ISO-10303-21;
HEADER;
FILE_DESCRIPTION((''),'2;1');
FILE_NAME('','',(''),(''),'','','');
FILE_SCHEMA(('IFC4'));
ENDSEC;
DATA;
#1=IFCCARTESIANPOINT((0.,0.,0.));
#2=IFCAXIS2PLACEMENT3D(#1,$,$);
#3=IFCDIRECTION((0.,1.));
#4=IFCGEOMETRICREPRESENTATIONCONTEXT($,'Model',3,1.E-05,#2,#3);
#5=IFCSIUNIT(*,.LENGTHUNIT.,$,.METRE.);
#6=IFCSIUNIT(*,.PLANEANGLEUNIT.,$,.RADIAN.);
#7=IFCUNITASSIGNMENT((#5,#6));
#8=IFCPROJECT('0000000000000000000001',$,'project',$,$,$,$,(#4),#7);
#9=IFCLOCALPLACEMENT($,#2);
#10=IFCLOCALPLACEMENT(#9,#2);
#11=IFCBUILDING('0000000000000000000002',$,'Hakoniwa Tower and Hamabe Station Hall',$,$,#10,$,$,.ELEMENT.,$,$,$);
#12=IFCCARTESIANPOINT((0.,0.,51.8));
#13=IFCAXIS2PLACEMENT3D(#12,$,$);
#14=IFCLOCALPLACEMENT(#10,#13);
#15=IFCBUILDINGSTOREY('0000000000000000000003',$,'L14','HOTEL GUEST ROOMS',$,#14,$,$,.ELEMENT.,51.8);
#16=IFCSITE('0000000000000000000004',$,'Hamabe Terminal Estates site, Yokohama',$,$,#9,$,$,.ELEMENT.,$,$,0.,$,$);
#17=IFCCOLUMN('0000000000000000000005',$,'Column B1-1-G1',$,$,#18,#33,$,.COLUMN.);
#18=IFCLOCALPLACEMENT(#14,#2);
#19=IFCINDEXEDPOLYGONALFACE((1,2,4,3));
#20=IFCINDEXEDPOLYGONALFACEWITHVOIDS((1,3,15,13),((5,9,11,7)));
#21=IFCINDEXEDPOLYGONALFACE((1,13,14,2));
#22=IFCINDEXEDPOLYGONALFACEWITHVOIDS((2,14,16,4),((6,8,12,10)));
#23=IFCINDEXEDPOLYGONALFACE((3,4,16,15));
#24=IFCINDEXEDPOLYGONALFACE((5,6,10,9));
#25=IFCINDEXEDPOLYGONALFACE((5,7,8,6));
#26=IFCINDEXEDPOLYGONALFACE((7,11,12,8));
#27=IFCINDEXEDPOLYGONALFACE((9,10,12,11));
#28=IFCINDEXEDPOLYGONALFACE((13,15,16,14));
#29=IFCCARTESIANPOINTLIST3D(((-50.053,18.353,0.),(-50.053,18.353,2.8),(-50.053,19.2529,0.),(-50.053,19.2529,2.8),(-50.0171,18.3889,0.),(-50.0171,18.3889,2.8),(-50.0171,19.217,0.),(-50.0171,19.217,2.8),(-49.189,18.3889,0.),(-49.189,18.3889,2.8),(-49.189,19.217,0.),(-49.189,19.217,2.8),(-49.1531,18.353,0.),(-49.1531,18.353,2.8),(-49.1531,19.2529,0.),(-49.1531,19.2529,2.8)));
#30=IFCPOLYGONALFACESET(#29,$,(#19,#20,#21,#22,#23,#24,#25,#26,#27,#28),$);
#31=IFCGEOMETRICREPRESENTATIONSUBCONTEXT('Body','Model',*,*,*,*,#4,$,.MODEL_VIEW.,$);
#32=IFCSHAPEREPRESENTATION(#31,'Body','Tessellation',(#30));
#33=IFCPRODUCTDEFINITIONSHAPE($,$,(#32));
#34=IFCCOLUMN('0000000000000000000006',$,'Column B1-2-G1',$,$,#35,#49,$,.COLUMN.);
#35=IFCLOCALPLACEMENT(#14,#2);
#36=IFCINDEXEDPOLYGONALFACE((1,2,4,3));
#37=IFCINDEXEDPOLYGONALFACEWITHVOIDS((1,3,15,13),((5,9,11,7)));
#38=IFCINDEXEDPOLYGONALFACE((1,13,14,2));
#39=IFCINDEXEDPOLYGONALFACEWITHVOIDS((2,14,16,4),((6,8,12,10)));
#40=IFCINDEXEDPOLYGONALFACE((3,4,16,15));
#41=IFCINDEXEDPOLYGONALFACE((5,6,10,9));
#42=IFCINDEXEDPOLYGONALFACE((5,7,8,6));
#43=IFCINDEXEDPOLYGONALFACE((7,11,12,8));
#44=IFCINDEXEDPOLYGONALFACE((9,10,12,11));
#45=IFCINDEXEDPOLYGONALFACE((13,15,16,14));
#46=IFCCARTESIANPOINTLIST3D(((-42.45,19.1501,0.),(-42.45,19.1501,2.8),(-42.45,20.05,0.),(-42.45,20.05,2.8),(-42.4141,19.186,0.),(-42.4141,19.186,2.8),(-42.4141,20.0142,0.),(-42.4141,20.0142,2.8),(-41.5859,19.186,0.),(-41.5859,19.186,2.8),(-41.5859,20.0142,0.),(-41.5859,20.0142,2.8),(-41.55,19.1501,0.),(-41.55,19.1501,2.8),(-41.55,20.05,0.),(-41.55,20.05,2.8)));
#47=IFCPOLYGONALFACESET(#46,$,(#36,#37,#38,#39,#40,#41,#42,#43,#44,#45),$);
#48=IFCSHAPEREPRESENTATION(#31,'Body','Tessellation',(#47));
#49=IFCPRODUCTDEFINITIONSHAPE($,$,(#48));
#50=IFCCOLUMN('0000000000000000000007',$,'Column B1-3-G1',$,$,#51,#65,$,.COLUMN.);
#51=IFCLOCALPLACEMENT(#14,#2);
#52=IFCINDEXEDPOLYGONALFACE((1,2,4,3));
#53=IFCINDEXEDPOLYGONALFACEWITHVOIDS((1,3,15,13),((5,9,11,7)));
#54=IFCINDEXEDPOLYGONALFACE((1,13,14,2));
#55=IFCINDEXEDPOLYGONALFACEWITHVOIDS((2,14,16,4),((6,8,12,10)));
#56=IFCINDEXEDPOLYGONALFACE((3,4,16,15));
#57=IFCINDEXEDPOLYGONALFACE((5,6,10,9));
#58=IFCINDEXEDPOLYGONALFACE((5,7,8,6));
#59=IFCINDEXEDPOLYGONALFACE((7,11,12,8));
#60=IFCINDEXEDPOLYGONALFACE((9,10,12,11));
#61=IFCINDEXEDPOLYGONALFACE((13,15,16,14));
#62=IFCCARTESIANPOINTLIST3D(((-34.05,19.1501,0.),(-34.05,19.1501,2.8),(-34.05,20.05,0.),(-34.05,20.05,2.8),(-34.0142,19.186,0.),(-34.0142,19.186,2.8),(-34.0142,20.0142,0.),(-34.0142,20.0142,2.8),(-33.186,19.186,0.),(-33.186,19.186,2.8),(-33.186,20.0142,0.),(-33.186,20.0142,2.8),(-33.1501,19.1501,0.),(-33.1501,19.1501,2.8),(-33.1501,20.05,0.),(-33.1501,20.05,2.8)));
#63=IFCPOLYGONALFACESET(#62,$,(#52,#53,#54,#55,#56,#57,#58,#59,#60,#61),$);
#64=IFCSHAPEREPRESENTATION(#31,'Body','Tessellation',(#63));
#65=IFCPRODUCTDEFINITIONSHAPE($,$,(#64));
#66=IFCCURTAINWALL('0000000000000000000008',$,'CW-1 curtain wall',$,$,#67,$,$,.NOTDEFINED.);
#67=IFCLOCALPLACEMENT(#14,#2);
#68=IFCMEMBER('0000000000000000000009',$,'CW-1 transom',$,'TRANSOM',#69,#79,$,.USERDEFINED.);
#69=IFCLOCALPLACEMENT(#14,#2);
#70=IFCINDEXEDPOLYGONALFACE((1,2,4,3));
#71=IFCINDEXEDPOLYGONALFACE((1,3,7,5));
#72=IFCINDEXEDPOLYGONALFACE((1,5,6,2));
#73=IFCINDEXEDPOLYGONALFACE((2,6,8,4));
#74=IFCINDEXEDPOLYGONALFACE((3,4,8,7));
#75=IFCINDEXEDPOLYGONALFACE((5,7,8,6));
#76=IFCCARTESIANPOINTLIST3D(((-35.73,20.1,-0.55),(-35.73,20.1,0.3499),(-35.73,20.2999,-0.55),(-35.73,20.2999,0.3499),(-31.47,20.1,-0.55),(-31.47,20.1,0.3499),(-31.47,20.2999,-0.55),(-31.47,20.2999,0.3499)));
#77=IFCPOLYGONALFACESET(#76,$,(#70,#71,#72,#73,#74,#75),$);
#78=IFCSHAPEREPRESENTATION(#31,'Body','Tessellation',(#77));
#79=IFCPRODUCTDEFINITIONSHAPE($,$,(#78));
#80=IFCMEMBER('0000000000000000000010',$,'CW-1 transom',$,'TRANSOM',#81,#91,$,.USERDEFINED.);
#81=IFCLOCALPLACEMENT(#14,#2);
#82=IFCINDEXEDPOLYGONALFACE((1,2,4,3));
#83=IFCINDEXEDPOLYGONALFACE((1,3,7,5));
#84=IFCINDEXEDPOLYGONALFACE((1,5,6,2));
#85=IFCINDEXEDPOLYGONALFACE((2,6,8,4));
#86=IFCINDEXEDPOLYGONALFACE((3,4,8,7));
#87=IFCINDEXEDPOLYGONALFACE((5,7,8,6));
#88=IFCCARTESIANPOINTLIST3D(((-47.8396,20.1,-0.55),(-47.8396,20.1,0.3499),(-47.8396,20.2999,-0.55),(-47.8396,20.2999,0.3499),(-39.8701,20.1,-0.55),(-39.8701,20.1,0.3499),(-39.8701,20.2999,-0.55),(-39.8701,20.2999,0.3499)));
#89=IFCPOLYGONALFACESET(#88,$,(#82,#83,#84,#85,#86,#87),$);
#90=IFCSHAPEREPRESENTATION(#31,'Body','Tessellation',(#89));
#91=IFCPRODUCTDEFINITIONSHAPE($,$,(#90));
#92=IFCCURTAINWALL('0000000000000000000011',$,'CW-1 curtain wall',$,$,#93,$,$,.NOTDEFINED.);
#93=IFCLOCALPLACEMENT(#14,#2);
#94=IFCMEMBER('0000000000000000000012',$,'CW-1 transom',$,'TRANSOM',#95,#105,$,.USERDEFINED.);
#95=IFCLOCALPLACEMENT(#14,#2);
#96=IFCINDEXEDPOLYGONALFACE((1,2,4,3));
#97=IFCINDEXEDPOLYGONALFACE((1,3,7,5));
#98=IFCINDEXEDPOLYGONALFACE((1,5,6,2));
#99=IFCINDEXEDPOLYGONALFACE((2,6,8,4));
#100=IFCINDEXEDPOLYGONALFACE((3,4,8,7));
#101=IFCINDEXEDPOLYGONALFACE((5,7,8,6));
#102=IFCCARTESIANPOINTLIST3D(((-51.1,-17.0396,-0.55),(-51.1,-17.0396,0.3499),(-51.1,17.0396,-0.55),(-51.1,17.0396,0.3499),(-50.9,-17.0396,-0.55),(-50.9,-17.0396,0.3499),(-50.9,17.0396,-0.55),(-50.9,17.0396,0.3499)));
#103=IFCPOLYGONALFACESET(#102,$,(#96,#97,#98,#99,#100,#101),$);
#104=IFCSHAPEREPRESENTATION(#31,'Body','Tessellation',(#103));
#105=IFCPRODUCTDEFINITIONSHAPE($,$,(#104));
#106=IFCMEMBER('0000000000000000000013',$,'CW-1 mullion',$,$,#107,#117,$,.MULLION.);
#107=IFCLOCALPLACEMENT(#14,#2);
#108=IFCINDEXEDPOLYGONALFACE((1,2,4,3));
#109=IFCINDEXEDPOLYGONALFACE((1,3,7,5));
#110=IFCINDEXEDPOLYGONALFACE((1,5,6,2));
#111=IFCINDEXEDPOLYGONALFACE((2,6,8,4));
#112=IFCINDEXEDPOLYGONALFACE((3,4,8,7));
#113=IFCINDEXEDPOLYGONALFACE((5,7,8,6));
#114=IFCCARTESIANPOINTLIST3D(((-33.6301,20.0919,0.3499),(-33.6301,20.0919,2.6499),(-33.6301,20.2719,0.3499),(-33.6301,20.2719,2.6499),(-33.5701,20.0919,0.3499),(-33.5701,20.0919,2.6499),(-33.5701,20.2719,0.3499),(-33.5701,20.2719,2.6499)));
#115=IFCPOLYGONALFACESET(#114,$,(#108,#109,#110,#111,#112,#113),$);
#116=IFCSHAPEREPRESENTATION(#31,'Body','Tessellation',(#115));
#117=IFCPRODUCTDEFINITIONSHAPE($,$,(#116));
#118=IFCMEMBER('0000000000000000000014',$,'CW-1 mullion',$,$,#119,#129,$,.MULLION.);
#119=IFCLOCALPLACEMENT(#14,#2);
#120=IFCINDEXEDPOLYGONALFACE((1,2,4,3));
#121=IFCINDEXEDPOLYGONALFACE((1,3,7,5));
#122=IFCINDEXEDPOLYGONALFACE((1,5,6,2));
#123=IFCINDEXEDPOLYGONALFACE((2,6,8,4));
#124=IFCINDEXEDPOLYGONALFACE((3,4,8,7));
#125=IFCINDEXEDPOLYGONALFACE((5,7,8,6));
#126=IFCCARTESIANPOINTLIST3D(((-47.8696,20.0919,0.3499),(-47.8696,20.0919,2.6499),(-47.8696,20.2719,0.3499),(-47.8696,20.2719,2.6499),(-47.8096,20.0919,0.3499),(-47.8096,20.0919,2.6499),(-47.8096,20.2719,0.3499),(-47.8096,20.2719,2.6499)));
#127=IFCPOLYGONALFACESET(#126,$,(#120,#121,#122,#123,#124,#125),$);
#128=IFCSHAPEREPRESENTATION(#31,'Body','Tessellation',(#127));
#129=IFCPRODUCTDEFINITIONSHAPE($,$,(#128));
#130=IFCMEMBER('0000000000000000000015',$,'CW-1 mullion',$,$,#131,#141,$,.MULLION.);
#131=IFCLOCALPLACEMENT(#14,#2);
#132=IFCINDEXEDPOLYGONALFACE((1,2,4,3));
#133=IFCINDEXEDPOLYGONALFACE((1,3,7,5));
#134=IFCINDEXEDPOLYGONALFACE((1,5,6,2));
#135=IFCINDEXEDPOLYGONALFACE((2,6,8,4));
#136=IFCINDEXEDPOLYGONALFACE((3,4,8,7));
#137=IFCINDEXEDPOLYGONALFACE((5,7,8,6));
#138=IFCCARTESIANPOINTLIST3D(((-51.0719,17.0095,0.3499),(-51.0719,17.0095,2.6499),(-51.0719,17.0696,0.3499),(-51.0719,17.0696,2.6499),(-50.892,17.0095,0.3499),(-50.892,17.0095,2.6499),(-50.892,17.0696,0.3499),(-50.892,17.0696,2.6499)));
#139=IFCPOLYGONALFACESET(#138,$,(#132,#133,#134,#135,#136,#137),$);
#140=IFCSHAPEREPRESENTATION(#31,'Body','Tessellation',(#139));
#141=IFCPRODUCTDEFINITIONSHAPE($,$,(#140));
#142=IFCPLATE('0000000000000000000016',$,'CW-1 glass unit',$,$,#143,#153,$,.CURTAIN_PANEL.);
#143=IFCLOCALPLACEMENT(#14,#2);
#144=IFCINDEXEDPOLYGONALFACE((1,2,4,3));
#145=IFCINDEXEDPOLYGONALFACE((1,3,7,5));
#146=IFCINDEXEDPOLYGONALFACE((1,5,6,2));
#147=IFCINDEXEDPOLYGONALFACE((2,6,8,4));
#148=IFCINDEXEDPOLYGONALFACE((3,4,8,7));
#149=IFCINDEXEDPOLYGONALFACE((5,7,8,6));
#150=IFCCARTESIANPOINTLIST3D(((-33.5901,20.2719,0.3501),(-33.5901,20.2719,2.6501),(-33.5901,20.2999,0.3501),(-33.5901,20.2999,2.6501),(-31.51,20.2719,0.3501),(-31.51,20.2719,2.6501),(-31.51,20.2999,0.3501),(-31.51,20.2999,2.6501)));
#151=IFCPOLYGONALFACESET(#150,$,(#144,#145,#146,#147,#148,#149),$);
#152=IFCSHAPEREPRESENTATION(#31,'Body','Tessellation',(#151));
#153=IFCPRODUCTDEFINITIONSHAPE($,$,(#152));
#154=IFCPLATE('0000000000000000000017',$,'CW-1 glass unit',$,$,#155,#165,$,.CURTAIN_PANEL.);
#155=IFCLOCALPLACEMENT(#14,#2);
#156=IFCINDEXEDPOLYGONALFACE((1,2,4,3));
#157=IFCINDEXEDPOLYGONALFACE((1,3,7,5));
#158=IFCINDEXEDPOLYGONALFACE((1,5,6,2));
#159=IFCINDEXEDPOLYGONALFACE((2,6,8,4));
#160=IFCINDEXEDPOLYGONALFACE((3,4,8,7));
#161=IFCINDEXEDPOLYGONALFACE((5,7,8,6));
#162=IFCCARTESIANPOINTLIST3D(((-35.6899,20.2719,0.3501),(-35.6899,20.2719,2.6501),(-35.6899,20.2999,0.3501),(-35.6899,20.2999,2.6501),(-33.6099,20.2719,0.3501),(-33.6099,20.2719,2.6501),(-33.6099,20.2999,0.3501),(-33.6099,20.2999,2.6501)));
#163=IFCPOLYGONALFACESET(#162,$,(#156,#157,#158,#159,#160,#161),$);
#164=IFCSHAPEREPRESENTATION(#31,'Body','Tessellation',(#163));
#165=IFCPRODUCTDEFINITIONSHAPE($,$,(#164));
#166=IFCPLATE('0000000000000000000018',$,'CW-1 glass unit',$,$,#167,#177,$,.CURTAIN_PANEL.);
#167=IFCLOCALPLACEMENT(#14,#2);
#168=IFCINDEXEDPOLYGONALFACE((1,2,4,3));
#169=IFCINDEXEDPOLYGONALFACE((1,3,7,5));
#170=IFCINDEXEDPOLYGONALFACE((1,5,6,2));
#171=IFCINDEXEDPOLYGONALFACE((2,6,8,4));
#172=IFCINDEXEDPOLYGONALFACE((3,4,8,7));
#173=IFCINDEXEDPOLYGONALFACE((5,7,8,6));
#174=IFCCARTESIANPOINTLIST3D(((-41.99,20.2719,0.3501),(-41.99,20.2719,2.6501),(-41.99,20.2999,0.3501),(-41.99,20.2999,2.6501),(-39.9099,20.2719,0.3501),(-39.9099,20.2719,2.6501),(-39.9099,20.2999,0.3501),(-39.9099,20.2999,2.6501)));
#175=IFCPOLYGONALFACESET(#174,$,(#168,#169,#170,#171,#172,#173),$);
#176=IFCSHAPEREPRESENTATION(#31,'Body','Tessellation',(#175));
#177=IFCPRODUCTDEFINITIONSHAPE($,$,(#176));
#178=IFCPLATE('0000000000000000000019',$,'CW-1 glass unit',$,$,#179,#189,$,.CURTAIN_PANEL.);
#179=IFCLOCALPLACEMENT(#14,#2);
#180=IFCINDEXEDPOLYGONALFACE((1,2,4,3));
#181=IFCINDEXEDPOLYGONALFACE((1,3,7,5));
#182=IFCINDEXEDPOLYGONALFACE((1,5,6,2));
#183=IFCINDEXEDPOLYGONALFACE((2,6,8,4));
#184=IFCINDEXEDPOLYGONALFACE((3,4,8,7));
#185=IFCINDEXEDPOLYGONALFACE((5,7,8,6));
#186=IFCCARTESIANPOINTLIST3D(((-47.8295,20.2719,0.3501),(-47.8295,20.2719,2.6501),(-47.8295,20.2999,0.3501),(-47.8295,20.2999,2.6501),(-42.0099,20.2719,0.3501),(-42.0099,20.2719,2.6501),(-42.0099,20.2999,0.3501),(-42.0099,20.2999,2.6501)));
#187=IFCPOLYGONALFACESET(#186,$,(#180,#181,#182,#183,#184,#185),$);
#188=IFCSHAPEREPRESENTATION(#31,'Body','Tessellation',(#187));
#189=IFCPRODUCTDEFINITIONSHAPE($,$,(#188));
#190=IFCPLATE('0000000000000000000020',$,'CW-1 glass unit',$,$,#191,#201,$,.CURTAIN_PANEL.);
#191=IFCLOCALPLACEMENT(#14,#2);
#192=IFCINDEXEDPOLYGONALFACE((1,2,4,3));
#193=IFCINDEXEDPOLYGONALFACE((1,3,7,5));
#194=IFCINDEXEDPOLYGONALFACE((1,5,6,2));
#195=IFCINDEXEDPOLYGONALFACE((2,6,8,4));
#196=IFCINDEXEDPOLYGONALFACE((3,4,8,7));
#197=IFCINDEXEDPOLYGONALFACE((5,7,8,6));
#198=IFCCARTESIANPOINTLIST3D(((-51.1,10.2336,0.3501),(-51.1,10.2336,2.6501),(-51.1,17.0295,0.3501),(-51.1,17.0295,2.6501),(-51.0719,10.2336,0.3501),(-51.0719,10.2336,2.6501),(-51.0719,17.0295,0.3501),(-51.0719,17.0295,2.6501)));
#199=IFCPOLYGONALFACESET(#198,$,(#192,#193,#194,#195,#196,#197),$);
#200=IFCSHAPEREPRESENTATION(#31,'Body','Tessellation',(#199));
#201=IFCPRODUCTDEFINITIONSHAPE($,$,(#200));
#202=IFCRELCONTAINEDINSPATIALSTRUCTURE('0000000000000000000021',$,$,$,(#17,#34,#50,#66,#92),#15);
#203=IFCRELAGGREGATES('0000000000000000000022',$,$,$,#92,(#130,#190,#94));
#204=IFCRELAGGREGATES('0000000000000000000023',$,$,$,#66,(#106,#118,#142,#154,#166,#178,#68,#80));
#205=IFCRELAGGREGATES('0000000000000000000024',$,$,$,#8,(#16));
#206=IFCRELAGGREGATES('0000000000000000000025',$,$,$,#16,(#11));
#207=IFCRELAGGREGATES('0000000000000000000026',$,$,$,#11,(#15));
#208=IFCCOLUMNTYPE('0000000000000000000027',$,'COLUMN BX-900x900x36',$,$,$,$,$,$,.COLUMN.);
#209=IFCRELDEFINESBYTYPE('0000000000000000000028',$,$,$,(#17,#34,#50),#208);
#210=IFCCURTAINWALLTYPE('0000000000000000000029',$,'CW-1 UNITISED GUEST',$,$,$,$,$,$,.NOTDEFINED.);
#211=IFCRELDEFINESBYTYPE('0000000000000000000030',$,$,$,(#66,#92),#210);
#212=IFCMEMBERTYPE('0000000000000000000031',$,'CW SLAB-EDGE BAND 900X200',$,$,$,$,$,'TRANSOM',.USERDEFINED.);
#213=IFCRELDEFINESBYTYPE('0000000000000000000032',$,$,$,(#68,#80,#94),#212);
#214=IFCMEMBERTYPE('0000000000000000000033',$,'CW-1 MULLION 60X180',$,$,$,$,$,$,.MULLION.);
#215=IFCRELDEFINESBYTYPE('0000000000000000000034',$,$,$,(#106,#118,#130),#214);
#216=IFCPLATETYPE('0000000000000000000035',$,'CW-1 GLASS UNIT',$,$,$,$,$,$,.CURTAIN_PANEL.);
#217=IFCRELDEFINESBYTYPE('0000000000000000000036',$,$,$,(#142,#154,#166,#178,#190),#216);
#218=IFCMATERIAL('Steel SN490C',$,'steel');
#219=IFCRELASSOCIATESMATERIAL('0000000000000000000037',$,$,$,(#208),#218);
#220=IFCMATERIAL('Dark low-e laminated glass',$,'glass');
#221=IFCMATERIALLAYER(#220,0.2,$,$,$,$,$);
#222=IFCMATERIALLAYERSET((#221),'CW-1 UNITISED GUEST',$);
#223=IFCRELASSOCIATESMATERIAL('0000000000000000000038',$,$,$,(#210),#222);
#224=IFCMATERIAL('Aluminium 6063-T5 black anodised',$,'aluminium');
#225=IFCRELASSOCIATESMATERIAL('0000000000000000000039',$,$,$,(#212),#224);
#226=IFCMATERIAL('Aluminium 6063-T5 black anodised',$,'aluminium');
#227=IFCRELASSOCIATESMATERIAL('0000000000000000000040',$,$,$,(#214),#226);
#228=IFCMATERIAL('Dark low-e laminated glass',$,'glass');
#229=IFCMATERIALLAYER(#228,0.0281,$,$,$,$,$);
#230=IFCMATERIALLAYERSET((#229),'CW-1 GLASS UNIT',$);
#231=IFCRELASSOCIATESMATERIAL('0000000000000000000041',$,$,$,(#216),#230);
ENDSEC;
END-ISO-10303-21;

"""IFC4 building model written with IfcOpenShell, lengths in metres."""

from ifc_helpers import new_model, si_unit, direction, frame, origin, origin_2d, place, context, subcontext, project, spatial, rectangle, hollow_rectangle, extrude, material, layer, layer_set, material_profile, profile_set, type_object, element, aggregate, save


model = new_model("IFC4")

# Units and contexts
model_context = context("Model", 3, precision=1e-05, world=origin(), true_north=direction((0.0, 1.0)))
body_context = subcontext(model_context, "Body", "Model", "MODEL_VIEW")
ifc_project = project(units=[si_unit("LENGTHUNIT", "METRE"), si_unit("PLANEANGLEUNIT", "RADIAN")], contexts=[model_context])

# Site, building, storey
site_placement = place(None, origin())
site = spatial("IfcSite", under=ifc_project, at=site_placement, Name="Hamabe Terminal Estates site, Yokohama", CompositionType="ELEMENT", RefElevation=0.0)
building_placement = place(site_placement, origin())
building = spatial("IfcBuilding", under=site, at=building_placement, Name="Hakoniwa Tower and Hamabe Station Hall", CompositionType="ELEMENT")
storey_placement = place(building_placement, frame((0.0, 0.0, 51.8)))
storey = spatial("IfcBuildingStorey", under=building, at=storey_placement, Name="L14", Description="HOTEL GUEST ROOMS", CompositionType="ELEMENT", Elevation=51.8)

# Columns
ifc_material_1 = material(Name="Steel SN490C", Category="steel")
ifc_material_profile_1 = material_profile(ifc_material_1, hollow_rectangle(XDim=0.8999, YDim=0.8999, WallThickness=0.0359, at=origin_2d()), Name="BX-900x900x36")
ifc_profile_set_1 = profile_set([ifc_material_profile_1], Name="Steel SN490C")
column_type = type_object("IfcColumnType", Name="COLUMN BX-900x900x36", PredefinedType="COLUMN", material=ifc_profile_set_1)
for number, where, z_axis, x_axis, name in (
    (1, (-49.603, 18.803, 0.0), (0.0, 0.0, 1.0), (1.0, 0.0, 0.0), "Column B1-1-G1"),
    (2, (-42.0, 19.6001, 0.0), (0.0, 0.0, 1.0), (1.0, 0.0, 0.0), "Column B1-2-G1"),
    (3, (-33.6001, 19.6001, 0.0), (0.0, 0.0, 1.0), (1.0, 0.0, 0.0), "Column B1-3-G1"),
):
    element("IfcColumn", number, at=place(storey_placement, frame(where, z_axis=z_axis, x_axis=x_axis)), inside=storey, type_object=column_type, Name=name, PredefinedType="COLUMN", context=body_context, shape_type="SweptSolid", body=[
        extrude(hollow_rectangle(XDim=0.8999, YDim=0.8999, WallThickness=0.0359, at=origin_2d()), origin(), (0.0, 0.0, 1.0), 2.8),
    ])

# Curtain wall, members
ifc_material_2 = material(Name="Dark low-e laminated glass", Category="glass")
ifc_layer_1 = layer(ifc_material_2, 0.2)
ifc_layer_set_1 = layer_set([ifc_layer_1], Name="CW-1 UNITISED GUEST")
curtain_wall_type = type_object("IfcCurtainWallType", Name="CW-1 UNITISED GUEST", PredefinedType="NOTDEFINED", material=ifc_layer_set_1)
curtain_wall_1_placement = place(storey_placement, origin())
curtain_wall_1 = element("IfcCurtainWall", 4, at=curtain_wall_1_placement, inside=storey, type_object=curtain_wall_type, Name="CW-1 curtain wall", PredefinedType="NOTDEFINED")
ifc_material_3 = material(Name="Aluminium 6063-T5 black anodised", Category="aluminium")
ifc_material_profile_2 = material_profile(ifc_material_3, rectangle(XDim=0.2, YDim=0.8999, at=origin_2d()), Name="CW SLAB-EDGE BAND 900X200")
ifc_profile_set_2 = profile_set([ifc_material_profile_2], Name="Aluminium 6063-T5 black anodised")
member_type_1 = type_object("IfcMemberType", Name="CW SLAB-EDGE BAND 900X200", ElementType="TRANSOM", PredefinedType="USERDEFINED", material=ifc_profile_set_2)
member_1_placement = place(storey_placement, frame((-31.47, 20.2, -0.1001), z_axis=(-1.0, 0.0, 0.0), x_axis=(0.0, -1.0, 0.0)))
member_1 = element("IfcMember", 5, at=member_1_placement, type_object=member_type_1, Name="CW-1 transom", ObjectType="TRANSOM", PredefinedType="USERDEFINED", context=body_context, shape_type="SweptSolid", body=[
    extrude(rectangle(XDim=0.2, YDim=0.8999, at=origin_2d()), origin(), (0.0, 0.0, 1.0), 4.26),
])
member_2_placement = place(storey_placement, frame((-39.8701, 20.2, -0.1001), z_axis=(-1.0, 0.0, 0.0), x_axis=(0.0, -1.0, 0.0)))
member_2 = element("IfcMember", 6, at=member_2_placement, type_object=member_type_1, Name="CW-1 transom", ObjectType="TRANSOM", PredefinedType="USERDEFINED", context=body_context, shape_type="SweptSolid", body=[
    extrude(rectangle(XDim=0.2, YDim=0.8999, at=origin_2d()), origin(), (0.0, 0.0, 1.0), 7.9695),
])

# Curtain wall, member
curtain_wall_2_placement = place(storey_placement, origin())
curtain_wall_2 = element("IfcCurtainWall", 7, at=curtain_wall_2_placement, inside=storey, type_object=curtain_wall_type, Name="CW-1 curtain wall", PredefinedType="NOTDEFINED")
member_3_placement = place(storey_placement, frame((-51.0, 17.0396, -0.1001), z_axis=(0.0, -1.0, 0.0), x_axis=(1.0, 0.0, 0.0)))
member_3 = element("IfcMember", 8, at=member_3_placement, type_object=member_type_1, Name="CW-1 transom", ObjectType="TRANSOM", PredefinedType="USERDEFINED", context=body_context, shape_type="SweptSolid", body=[
    extrude(rectangle(XDim=0.2, YDim=0.8999, at=origin_2d()), origin(), (0.0, 0.0, 1.0), 34.0791),
])

# Members
ifc_material_4 = material(Name="Aluminium 6063-T5 black anodised", Category="aluminium")
ifc_material_profile_3 = material_profile(ifc_material_4, rectangle(XDim=0.0601, YDim=0.1799, at=origin_2d()), Name="CW-1 MULLION 60X180")
ifc_profile_set_3 = profile_set([ifc_material_profile_3], Name="Aluminium 6063-T5 black anodised")
member_type_2 = type_object("IfcMemberType", Name="CW-1 MULLION 60X180", PredefinedType="MULLION", material=ifc_profile_set_3)
member_4_placement = place(storey_placement, frame((-33.6001, 20.1819, 0.3499), z_axis=(0.0, 0.0, 1.0), x_axis=(-1.0, 0.0, 0.0)))
member_4 = element("IfcMember", 9, at=member_4_placement, type_object=member_type_2, Name="CW-1 mullion", PredefinedType="MULLION", context=body_context, shape_type="SweptSolid", body=[
    extrude(rectangle(XDim=0.0601, YDim=0.1799, at=origin_2d()), origin(), (0.0, 0.0, 1.0), 2.3),
])
member_5_placement = place(storey_placement, frame((-47.8396, 20.1819, 0.3499), z_axis=(0.0, 0.0, 1.0), x_axis=(-1.0, 0.0, 0.0)))
member_5 = element("IfcMember", 10, at=member_5_placement, type_object=member_type_2, Name="CW-1 mullion", PredefinedType="MULLION", context=body_context, shape_type="SweptSolid", body=[
    extrude(rectangle(XDim=0.0601, YDim=0.1799, at=origin_2d()), origin(), (0.0, 0.0, 1.0), 2.3),
])
member_6_placement = place(storey_placement, frame((-50.9819, 17.0396, 0.3499), z_axis=(0.0, 0.0, 1.0), x_axis=(0.0, -1.0, 0.0)))
member_6 = element("IfcMember", 11, at=member_6_placement, type_object=member_type_2, Name="CW-1 mullion", PredefinedType="MULLION", context=body_context, shape_type="SweptSolid", body=[
    extrude(rectangle(XDim=0.0601, YDim=0.1799, at=origin_2d()), origin(), (0.0, 0.0, 1.0), 2.3),
])

# Plates
ifc_material_5 = material(Name="Dark low-e laminated glass", Category="glass")
ifc_layer_2 = layer(ifc_material_5, 0.0281)
ifc_layer_set_2 = layer_set([ifc_layer_2], Name="CW-1 GLASS UNIT")
plate_type = type_object("IfcPlateType", Name="CW-1 GLASS UNIT", PredefinedType="CURTAIN_PANEL", material=ifc_layer_set_2)
plate_1_placement = place(storey_placement, frame((-32.55, 20.2859, 0.3501), z_axis=(0.0, 0.0, 1.0), x_axis=(-1.0, 0.0, 0.0)))
plate_1 = element("IfcPlate", 12, at=plate_1_placement, type_object=plate_type, Name="CW-1 glass unit", PredefinedType="CURTAIN_PANEL", context=body_context, shape_type="SweptSolid", body=[
    extrude(rectangle(XDim=2.0801, YDim=0.0281, at=origin_2d()), origin(), (0.0, 0.0, 1.0), 2.3),
])
plate_2_placement = place(storey_placement, frame((-34.6499, 20.2859, 0.3501), z_axis=(0.0, 0.0, 1.0), x_axis=(-1.0, 0.0, 0.0)))
plate_2 = element("IfcPlate", 13, at=plate_2_placement, type_object=plate_type, Name="CW-1 glass unit", PredefinedType="CURTAIN_PANEL", context=body_context, shape_type="SweptSolid", body=[
    extrude(rectangle(XDim=2.0801, YDim=0.0281, at=origin_2d()), origin(), (0.0, 0.0, 1.0), 2.3),
])
plate_3_placement = place(storey_placement, frame((-40.95, 20.2859, 0.3501), z_axis=(0.0, 0.0, 1.0), x_axis=(-1.0, 0.0, 0.0)))
plate_3 = element("IfcPlate", 14, at=plate_3_placement, type_object=plate_type, Name="CW-1 glass unit", PredefinedType="CURTAIN_PANEL", context=body_context, shape_type="SweptSolid", body=[
    extrude(rectangle(XDim=2.0801, YDim=0.0281, at=origin_2d()), origin(), (0.0, 0.0, 1.0), 2.3),
])
plate_4_placement = place(storey_placement, frame((-44.9197, 20.2859, 0.3501), z_axis=(0.0, 0.0, 1.0), x_axis=(-1.0, 0.0, 0.0)))
plate_4 = element("IfcPlate", 15, at=plate_4_placement, type_object=plate_type, Name="CW-1 glass unit", PredefinedType="CURTAIN_PANEL", context=body_context, shape_type="SweptSolid", body=[
    extrude(rectangle(XDim=5.8196, YDim=0.0281, at=origin_2d()), origin(), (0.0, 0.0, 1.0), 2.3),
])
plate_5_placement = place(storey_placement, frame((-51.0859, 13.6316, 0.3501), z_axis=(0.0, 0.0, 1.0), x_axis=(0.0, -1.0, 0.0)))
plate_5 = element("IfcPlate", 16, at=plate_5_placement, type_object=plate_type, Name="CW-1 glass unit", PredefinedType="CURTAIN_PANEL", context=body_context, shape_type="SweptSolid", body=[
    extrude(rectangle(XDim=6.7959, YDim=0.0281, at=origin_2d()), origin(), (0.0, 0.0, 1.0), 2.3),
])
aggregate(curtain_wall_2, [member_6, plate_5, member_3])

aggregate(curtain_wall_1, [member_4, member_5, plate_1, plate_2, plate_3, plate_4, member_1, member_2])

save(model, "model.ifc")
